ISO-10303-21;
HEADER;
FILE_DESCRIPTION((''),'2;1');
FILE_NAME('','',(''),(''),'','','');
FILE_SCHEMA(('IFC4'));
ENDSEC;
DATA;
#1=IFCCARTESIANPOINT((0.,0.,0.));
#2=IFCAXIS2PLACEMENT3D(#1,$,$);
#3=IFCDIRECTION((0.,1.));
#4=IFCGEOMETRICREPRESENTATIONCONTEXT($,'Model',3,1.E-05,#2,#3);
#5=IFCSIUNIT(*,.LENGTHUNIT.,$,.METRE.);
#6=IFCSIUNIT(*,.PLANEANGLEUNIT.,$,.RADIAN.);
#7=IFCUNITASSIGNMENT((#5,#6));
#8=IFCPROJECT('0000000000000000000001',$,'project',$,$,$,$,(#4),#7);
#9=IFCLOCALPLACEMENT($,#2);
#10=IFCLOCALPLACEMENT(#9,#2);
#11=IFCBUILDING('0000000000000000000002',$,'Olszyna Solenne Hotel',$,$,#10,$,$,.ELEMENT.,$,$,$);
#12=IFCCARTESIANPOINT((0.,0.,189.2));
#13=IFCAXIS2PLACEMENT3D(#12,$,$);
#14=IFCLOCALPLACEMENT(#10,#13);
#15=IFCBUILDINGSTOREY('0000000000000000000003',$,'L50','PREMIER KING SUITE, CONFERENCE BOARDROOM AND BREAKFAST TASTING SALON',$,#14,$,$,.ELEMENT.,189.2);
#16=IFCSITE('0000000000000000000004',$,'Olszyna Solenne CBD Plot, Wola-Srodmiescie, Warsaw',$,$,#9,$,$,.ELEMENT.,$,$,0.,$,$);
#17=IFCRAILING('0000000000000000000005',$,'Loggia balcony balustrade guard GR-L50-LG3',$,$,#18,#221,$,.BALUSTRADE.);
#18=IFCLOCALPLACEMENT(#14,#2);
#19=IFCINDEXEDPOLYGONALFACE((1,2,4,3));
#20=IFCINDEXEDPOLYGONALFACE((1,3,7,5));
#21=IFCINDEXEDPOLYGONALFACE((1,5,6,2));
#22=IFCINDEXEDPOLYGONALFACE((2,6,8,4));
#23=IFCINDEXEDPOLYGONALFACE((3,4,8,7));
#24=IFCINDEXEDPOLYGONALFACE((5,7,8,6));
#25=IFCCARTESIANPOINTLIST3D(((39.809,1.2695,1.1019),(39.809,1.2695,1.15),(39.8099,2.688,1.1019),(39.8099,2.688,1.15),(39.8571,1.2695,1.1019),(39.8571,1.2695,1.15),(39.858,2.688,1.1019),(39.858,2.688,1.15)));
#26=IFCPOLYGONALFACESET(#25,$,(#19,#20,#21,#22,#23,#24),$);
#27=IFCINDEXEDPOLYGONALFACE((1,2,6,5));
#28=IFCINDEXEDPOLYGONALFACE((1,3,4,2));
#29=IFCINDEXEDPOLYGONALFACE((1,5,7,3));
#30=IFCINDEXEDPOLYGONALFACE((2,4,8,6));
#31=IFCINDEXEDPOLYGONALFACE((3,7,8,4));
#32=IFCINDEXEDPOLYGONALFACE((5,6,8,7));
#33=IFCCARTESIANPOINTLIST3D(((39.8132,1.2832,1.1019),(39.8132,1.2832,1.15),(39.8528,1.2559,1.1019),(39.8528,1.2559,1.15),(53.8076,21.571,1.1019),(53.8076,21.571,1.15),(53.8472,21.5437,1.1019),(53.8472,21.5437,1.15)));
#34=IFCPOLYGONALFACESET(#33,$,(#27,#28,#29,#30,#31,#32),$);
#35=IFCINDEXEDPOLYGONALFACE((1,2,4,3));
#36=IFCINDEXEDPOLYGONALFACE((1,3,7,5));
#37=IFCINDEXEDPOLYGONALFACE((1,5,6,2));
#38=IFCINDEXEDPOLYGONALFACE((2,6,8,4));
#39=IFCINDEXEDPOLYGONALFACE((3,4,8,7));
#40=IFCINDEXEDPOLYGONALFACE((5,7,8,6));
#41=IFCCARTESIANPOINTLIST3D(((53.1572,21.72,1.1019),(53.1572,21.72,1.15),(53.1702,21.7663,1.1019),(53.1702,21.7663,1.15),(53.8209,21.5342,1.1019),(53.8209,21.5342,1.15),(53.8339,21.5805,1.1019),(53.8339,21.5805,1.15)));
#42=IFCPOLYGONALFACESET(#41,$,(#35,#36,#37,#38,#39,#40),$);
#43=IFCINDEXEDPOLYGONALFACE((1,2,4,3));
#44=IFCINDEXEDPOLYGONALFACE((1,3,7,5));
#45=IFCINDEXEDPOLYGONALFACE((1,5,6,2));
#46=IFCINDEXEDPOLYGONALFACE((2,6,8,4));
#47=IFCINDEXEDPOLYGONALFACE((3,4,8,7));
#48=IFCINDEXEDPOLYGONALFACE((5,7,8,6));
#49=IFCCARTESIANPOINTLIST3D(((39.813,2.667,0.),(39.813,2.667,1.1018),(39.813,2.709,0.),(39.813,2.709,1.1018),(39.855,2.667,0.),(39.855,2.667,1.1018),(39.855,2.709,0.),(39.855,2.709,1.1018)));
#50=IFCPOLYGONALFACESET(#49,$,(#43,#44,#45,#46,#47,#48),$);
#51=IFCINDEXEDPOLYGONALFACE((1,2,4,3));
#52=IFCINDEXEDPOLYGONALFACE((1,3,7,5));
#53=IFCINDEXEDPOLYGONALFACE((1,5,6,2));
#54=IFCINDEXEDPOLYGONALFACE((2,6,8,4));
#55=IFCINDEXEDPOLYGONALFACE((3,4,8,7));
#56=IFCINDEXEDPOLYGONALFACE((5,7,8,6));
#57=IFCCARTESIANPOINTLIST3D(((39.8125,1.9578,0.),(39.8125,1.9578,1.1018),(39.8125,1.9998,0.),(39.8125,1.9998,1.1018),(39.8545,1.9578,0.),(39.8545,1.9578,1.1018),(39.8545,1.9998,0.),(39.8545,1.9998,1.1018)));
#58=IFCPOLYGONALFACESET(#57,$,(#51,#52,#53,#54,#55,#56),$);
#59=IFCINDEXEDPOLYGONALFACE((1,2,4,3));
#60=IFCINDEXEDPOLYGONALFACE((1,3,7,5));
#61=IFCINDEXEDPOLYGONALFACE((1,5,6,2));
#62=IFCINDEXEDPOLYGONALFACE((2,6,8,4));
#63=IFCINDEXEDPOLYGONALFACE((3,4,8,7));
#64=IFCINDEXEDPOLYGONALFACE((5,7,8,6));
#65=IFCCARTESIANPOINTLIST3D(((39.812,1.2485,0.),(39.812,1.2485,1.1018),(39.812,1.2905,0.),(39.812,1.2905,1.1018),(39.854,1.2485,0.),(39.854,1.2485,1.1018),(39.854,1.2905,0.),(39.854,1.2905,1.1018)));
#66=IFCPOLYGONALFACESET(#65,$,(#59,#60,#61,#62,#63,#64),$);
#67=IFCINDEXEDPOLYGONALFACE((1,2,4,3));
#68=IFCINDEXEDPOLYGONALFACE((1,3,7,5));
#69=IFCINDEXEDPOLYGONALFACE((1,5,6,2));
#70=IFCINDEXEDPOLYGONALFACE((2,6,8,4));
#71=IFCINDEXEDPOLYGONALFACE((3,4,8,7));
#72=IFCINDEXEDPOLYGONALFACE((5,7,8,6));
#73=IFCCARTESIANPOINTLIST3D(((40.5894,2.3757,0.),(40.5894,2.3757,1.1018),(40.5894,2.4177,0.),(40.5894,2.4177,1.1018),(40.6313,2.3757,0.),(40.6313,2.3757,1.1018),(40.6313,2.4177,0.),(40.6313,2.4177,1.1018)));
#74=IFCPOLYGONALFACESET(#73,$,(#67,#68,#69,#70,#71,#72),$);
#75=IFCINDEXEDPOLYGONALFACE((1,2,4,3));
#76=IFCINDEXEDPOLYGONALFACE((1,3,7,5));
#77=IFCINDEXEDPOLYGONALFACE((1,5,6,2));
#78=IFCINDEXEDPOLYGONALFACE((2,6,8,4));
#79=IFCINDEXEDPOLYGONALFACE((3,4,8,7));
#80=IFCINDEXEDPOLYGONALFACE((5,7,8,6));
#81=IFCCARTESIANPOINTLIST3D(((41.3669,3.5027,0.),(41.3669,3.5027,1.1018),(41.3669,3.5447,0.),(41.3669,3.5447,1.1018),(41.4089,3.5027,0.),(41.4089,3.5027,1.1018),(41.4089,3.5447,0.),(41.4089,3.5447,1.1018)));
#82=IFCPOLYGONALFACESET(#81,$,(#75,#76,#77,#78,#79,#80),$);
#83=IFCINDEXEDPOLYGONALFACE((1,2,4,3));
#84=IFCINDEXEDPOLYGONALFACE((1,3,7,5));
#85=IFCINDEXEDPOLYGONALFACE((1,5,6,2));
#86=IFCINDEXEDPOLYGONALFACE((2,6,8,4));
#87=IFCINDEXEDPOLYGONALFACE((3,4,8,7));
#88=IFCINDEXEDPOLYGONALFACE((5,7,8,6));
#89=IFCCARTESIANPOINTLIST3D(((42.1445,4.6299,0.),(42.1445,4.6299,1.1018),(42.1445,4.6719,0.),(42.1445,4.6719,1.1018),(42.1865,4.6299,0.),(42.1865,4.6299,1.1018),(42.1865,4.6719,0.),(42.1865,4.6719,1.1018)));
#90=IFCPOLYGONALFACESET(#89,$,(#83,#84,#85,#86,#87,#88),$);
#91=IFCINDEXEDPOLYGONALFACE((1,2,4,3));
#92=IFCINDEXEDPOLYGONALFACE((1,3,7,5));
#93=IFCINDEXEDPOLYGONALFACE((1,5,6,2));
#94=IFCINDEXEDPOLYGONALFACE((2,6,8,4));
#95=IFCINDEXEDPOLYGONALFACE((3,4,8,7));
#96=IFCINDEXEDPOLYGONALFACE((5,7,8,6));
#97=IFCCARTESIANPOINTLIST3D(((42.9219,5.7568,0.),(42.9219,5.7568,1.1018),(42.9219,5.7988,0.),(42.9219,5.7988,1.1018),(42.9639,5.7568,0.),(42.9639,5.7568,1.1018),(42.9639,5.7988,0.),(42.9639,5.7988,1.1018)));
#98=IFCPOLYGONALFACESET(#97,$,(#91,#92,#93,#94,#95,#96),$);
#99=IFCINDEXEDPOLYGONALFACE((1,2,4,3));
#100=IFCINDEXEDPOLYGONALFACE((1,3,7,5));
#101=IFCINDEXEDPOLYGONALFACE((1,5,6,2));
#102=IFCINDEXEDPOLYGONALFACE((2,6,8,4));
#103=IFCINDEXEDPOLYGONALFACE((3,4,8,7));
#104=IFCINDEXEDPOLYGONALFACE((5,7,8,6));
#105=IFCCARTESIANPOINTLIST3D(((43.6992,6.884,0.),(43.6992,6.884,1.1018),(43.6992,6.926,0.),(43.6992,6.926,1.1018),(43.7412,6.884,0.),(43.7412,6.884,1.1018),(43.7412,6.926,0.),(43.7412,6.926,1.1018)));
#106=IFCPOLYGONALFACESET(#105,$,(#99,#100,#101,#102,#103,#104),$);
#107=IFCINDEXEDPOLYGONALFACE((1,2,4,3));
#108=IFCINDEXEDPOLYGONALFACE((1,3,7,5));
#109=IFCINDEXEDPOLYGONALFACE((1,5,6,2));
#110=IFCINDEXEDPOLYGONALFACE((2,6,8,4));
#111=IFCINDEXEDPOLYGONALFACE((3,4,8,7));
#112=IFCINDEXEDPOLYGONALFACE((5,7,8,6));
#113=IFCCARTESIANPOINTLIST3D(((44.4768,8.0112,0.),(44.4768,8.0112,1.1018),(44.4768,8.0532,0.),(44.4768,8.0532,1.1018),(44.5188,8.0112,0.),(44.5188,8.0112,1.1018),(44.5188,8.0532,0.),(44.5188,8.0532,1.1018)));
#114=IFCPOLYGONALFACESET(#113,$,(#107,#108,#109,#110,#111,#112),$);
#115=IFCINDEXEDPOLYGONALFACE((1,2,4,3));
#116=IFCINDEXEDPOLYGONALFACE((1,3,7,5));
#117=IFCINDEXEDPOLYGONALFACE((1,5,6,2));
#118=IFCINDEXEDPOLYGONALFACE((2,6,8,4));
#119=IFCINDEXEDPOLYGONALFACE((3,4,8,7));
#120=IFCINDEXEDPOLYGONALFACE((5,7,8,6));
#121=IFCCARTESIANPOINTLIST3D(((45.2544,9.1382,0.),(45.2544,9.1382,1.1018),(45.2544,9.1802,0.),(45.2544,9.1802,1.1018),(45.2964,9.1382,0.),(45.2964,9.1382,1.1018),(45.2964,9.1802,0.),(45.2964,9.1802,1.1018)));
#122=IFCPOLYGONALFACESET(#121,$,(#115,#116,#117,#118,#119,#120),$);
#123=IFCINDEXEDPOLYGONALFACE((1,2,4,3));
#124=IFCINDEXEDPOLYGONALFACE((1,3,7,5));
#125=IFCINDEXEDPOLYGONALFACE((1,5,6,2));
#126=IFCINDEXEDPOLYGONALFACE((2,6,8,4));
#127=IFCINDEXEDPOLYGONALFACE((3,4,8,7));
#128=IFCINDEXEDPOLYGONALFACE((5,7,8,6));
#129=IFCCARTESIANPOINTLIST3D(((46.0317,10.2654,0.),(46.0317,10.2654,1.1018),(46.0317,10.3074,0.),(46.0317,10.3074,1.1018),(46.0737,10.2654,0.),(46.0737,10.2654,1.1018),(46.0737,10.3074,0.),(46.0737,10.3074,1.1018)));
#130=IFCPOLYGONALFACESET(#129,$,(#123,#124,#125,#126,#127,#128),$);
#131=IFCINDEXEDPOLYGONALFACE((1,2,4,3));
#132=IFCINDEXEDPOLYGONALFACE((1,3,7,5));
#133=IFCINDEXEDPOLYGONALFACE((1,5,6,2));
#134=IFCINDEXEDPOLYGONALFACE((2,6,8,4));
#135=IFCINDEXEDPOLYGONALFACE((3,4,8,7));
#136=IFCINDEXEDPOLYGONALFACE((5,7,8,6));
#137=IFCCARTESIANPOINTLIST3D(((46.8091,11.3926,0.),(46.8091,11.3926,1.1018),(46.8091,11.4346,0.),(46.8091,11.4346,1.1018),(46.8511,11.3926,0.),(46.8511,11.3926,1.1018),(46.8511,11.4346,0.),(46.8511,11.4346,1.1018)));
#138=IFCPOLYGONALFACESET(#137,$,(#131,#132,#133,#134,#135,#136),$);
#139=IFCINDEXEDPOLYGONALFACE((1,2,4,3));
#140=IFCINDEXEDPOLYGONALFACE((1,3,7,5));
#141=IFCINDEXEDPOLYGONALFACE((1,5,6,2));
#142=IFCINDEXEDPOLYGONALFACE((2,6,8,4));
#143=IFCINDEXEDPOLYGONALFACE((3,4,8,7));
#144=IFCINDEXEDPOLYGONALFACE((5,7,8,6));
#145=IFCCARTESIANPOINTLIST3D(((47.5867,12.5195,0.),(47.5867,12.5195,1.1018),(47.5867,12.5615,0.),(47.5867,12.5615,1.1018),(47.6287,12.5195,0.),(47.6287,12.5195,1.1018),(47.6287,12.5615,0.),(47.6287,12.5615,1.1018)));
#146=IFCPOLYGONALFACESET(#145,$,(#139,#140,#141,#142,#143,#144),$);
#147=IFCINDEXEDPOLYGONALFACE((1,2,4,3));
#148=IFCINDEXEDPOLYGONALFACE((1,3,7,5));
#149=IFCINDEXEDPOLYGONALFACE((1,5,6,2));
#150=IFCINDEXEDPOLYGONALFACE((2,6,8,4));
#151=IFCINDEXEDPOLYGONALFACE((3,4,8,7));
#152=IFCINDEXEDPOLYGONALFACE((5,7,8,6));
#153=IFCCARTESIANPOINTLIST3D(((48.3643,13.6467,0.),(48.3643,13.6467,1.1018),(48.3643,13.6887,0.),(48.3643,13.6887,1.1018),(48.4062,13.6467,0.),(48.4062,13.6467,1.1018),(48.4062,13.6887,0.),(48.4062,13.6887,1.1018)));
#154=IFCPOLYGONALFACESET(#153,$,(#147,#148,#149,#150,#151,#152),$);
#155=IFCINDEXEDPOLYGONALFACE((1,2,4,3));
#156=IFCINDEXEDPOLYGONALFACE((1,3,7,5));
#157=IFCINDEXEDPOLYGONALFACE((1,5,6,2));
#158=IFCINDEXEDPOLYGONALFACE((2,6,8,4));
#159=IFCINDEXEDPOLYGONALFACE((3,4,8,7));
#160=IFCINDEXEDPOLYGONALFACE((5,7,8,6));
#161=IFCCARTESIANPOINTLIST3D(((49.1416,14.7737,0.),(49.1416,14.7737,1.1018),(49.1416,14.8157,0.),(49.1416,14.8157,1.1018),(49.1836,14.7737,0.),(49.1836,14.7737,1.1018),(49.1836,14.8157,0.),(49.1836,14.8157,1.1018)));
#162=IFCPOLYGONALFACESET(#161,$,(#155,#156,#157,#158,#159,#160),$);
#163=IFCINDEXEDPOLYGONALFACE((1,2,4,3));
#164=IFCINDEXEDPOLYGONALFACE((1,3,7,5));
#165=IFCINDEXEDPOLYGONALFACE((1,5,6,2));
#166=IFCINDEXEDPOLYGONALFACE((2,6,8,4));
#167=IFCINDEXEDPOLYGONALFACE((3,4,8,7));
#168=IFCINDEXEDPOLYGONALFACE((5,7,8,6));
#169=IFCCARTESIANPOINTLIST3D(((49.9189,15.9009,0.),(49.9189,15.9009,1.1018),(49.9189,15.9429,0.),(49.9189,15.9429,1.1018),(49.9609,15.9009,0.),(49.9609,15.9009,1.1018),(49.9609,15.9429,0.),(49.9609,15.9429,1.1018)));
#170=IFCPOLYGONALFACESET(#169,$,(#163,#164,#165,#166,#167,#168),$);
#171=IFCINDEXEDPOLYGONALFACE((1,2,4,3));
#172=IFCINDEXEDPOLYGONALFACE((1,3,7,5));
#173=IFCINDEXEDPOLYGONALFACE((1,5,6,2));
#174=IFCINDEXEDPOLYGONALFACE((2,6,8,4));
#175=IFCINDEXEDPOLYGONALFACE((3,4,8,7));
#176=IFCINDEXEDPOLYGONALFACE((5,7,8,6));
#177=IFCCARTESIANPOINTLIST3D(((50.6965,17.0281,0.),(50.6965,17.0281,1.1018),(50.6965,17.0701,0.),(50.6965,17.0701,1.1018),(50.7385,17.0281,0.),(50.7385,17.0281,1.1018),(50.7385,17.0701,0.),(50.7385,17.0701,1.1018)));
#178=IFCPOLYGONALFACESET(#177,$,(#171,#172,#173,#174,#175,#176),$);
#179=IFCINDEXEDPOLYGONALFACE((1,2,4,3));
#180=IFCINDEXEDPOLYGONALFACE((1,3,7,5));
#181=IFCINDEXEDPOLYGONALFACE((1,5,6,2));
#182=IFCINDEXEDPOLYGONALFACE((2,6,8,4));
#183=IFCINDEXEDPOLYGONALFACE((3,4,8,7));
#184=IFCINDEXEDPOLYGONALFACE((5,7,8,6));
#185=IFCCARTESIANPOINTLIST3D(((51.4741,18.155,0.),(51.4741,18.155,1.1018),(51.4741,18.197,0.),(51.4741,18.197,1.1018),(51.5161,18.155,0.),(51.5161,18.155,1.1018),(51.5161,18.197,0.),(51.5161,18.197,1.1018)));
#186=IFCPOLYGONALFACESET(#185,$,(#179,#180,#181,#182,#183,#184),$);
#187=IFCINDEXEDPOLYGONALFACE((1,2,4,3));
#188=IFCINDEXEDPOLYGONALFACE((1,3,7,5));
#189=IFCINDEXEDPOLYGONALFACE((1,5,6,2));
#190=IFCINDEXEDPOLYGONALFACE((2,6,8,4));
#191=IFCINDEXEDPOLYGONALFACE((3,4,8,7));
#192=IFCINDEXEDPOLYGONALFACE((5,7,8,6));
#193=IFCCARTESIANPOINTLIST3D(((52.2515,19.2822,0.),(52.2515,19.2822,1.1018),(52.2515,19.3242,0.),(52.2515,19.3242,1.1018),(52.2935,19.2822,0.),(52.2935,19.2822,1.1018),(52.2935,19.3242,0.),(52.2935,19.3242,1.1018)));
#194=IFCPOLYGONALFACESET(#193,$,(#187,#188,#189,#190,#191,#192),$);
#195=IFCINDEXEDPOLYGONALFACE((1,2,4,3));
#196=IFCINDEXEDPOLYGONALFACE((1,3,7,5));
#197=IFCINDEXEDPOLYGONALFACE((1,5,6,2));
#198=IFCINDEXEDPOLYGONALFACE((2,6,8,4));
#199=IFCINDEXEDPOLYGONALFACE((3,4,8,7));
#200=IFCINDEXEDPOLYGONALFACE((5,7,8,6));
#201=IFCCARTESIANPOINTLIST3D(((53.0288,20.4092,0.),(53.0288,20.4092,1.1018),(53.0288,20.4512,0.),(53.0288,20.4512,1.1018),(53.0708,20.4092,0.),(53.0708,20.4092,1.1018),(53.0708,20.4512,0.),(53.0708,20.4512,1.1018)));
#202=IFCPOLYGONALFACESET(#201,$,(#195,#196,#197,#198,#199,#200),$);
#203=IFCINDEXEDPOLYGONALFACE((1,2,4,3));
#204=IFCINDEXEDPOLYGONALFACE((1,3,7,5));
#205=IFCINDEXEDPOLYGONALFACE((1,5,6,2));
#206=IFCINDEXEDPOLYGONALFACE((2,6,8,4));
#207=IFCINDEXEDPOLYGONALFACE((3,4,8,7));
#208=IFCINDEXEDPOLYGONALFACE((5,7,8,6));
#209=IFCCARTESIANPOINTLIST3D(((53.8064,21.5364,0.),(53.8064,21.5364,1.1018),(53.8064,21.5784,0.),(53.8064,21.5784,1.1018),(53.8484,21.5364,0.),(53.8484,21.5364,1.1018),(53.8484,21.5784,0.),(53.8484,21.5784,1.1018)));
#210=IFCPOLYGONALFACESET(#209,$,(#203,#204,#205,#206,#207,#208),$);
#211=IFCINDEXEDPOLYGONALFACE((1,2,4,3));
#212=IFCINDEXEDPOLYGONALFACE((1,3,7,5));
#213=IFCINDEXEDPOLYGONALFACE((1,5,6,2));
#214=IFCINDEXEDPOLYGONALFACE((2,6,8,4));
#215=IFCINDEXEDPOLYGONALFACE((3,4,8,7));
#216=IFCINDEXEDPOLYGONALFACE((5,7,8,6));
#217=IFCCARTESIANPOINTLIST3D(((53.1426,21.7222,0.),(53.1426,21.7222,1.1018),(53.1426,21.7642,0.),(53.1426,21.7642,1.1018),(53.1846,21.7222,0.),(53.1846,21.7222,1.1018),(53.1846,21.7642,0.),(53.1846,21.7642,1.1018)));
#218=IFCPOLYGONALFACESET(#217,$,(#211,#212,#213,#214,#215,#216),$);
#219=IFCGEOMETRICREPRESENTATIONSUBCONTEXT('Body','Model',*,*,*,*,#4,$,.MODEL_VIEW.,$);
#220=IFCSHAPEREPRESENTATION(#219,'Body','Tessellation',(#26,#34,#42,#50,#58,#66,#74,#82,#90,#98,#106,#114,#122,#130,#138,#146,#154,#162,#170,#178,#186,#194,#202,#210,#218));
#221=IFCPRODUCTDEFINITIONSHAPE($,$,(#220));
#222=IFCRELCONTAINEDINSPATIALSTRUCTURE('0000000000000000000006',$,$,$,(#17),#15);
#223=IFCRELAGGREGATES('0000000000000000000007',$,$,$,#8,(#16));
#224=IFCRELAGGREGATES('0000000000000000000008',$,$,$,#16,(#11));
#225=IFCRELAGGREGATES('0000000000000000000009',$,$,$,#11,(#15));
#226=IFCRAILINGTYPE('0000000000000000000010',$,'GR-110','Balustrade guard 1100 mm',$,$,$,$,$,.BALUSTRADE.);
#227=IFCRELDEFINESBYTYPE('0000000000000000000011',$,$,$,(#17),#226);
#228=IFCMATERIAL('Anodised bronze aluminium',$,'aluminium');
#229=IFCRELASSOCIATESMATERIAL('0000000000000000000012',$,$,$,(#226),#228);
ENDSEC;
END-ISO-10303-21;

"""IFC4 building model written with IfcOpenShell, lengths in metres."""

from ifc_helpers import new_model, si_unit, direction, frame, origin, origin_2d, place, context, subcontext, project, spatial, rectangle, extrude, material, type_object, element, save


model = new_model("IFC4")

# Units and contexts
model_context = context("Model", 3, precision=1e-05, world=origin(), true_north=direction((0.0, 1.0)))
body_context = subcontext(model_context, "Body", "Model", "MODEL_VIEW")
ifc_project = project(units=[si_unit("LENGTHUNIT", "METRE"), si_unit("PLANEANGLEUNIT", "RADIAN")], contexts=[model_context])

# Site, building, storey
site_placement = place(None, origin())
site = spatial("IfcSite", under=ifc_project, at=site_placement, Name="Olszyna Solenne CBD Plot, Wola-Srodmiescie, Warsaw", CompositionType="ELEMENT", RefElevation=0.0)
building_placement = place(site_placement, origin())
building = spatial("IfcBuilding", under=site, at=building_placement, Name="Olszyna Solenne Hotel", CompositionType="ELEMENT")
storey_placement = place(building_placement, frame((0.0, 0.0, 189.2)))
storey = spatial("IfcBuildingStorey", under=building, at=storey_placement, Name="L50", Description="PREMIER KING SUITE, CONFERENCE BOARDROOM AND BREAKFAST TASTING SALON", CompositionType="ELEMENT", Elevation=189.2)

# Shared definitions
ifc_material_1 = material(Name="Anodised bronze aluminium", Category="aluminium")

# Railing
railing_type = type_object("IfcRailingType", Name="GR-110", Description="Balustrade guard 1100 mm", PredefinedType="BALUSTRADE", material=ifc_material_1)
railing_placement = place(storey_placement, frame((39.834, 2.688, 0.0)))
element("IfcRailing", 1, at=railing_placement, inside=storey, type_object=railing_type, Name="Loggia balcony balustrade guard GR-L50-LG3", PredefinedType="BALUSTRADE", context=body_context, shape_type="SweptSolid", body=[
    extrude(rectangle(XDim=0.0481, YDim=0.0481, at=origin_2d()), frame((0.0, 0.0, 1.126), z_axis=(-0.000688, -1.0, 0.0), x_axis=(1.0, -0.000688, 0.0)), (0.0, 0.0, 1.0), 1.4185),
    extrude(rectangle(XDim=0.0481, YDim=0.0481, at=origin_2d()), frame((-0.001, -1.4185, 1.126), z_axis=(0.567809, 0.82316, 0.0), x_axis=(-0.82316, 0.567809, 0.0)), (0.0, 0.0, 1.0), 24.6462),
    extrude(rectangle(XDim=0.0481, YDim=0.0481, at=origin_2d()), frame((13.9934, 18.8694, 1.126), z_axis=(-0.962993, 0.269525, 0.0), x_axis=(-0.269525, -0.962993, 0.0)), (0.0, 0.0, 1.0), 0.6892),
    extrude(rectangle(XDim=0.042, YDim=0.042, at=origin_2d()), origin(), (0.0, 0.0, 1.0), 1.1018),
    extrude(rectangle(XDim=0.042, YDim=0.042, at=origin_2d()), frame((-0.0005, -0.7092, 0.0)), (0.0, 0.0, 1.0), 1.1018),
    extrude(rectangle(XDim=0.042, YDim=0.042, at=origin_2d()), frame((-0.001, -1.4185, 0.0)), (0.0, 0.0, 1.0), 1.1018),
    extrude(rectangle(XDim=0.042, YDim=0.042, at=origin_2d()), frame((0.7764, -0.2913, 0.0)), (0.0, 0.0, 1.0), 1.1018),
    extrude(rectangle(XDim=0.042, YDim=0.042, at=origin_2d()), frame((1.554, 0.8357, 0.0)), (0.0, 0.0, 1.0), 1.1018),
    extrude(rectangle(XDim=0.042, YDim=0.042, at=origin_2d()), frame((2.3315, 1.9629, 0.0)), (0.0, 0.0, 1.0), 1.1018),
    extrude(rectangle(XDim=0.042, YDim=0.042, at=origin_2d()), frame((3.1089, 3.0898, 0.0)), (0.0, 0.0, 1.0), 1.1018),
    extrude(rectangle(XDim=0.042, YDim=0.042, at=origin_2d()), frame((3.8862, 4.217, 0.0)), (0.0, 0.0, 1.0), 1.1018),
    extrude(rectangle(XDim=0.042, YDim=0.042, at=origin_2d()), frame((4.6638, 5.3442, 0.0)), (0.0, 0.0, 1.0), 1.1018),
    extrude(rectangle(XDim=0.042, YDim=0.042, at=origin_2d()), frame((5.4414, 6.4712, 0.0)), (0.0, 0.0, 1.0), 1.1018),
    extrude(rectangle(XDim=0.042, YDim=0.042, at=origin_2d()), frame((6.2188, 7.5984, 0.0)), (0.0, 0.0, 1.0), 1.1018),
    extrude(rectangle(XDim=0.042, YDim=0.042, at=origin_2d()), frame((6.9961, 8.7256, 0.0)), (0.0, 0.0, 1.0), 1.1018),
    extrude(rectangle(XDim=0.042, YDim=0.042, at=origin_2d()), frame((7.7737, 9.8525, 0.0)), (0.0, 0.0, 1.0), 1.1018),
    extrude(rectangle(XDim=0.042, YDim=0.042, at=origin_2d()), frame((8.5513, 10.9797, 0.0)), (0.0, 0.0, 1.0), 1.1018),
    extrude(rectangle(XDim=0.042, YDim=0.042, at=origin_2d()), frame((9.3286, 12.1067, 0.0)), (0.0, 0.0, 1.0), 1.1018),
    extrude(rectangle(XDim=0.042, YDim=0.042, at=origin_2d()), frame((10.106, 13.2339, 0.0)), (0.0, 0.0, 1.0), 1.1018),
    extrude(rectangle(XDim=0.042, YDim=0.042, at=origin_2d()), frame((10.8835, 14.3611, 0.0)), (0.0, 0.0, 1.0), 1.1018),
    extrude(rectangle(XDim=0.042, YDim=0.042, at=origin_2d()), frame((11.6611, 15.488, 0.0)), (0.0, 0.0, 1.0), 1.1018),
    extrude(rectangle(XDim=0.042, YDim=0.042, at=origin_2d()), frame((12.4385, 16.6152, 0.0)), (0.0, 0.0, 1.0), 1.1018),
    extrude(rectangle(XDim=0.042, YDim=0.042, at=origin_2d()), frame((13.2158, 17.7422, 0.0)), (0.0, 0.0, 1.0), 1.1018),
    extrude(rectangle(XDim=0.042, YDim=0.042, at=origin_2d()), frame((13.9934, 18.8694, 0.0)), (0.0, 0.0, 1.0), 1.1018),
    extrude(rectangle(XDim=0.042, YDim=0.042, at=origin_2d()), frame((13.3296, 19.0552, 0.0)), (0.0, 0.0, 1.0), 1.1018),
])

save(model, "model.ifc")
